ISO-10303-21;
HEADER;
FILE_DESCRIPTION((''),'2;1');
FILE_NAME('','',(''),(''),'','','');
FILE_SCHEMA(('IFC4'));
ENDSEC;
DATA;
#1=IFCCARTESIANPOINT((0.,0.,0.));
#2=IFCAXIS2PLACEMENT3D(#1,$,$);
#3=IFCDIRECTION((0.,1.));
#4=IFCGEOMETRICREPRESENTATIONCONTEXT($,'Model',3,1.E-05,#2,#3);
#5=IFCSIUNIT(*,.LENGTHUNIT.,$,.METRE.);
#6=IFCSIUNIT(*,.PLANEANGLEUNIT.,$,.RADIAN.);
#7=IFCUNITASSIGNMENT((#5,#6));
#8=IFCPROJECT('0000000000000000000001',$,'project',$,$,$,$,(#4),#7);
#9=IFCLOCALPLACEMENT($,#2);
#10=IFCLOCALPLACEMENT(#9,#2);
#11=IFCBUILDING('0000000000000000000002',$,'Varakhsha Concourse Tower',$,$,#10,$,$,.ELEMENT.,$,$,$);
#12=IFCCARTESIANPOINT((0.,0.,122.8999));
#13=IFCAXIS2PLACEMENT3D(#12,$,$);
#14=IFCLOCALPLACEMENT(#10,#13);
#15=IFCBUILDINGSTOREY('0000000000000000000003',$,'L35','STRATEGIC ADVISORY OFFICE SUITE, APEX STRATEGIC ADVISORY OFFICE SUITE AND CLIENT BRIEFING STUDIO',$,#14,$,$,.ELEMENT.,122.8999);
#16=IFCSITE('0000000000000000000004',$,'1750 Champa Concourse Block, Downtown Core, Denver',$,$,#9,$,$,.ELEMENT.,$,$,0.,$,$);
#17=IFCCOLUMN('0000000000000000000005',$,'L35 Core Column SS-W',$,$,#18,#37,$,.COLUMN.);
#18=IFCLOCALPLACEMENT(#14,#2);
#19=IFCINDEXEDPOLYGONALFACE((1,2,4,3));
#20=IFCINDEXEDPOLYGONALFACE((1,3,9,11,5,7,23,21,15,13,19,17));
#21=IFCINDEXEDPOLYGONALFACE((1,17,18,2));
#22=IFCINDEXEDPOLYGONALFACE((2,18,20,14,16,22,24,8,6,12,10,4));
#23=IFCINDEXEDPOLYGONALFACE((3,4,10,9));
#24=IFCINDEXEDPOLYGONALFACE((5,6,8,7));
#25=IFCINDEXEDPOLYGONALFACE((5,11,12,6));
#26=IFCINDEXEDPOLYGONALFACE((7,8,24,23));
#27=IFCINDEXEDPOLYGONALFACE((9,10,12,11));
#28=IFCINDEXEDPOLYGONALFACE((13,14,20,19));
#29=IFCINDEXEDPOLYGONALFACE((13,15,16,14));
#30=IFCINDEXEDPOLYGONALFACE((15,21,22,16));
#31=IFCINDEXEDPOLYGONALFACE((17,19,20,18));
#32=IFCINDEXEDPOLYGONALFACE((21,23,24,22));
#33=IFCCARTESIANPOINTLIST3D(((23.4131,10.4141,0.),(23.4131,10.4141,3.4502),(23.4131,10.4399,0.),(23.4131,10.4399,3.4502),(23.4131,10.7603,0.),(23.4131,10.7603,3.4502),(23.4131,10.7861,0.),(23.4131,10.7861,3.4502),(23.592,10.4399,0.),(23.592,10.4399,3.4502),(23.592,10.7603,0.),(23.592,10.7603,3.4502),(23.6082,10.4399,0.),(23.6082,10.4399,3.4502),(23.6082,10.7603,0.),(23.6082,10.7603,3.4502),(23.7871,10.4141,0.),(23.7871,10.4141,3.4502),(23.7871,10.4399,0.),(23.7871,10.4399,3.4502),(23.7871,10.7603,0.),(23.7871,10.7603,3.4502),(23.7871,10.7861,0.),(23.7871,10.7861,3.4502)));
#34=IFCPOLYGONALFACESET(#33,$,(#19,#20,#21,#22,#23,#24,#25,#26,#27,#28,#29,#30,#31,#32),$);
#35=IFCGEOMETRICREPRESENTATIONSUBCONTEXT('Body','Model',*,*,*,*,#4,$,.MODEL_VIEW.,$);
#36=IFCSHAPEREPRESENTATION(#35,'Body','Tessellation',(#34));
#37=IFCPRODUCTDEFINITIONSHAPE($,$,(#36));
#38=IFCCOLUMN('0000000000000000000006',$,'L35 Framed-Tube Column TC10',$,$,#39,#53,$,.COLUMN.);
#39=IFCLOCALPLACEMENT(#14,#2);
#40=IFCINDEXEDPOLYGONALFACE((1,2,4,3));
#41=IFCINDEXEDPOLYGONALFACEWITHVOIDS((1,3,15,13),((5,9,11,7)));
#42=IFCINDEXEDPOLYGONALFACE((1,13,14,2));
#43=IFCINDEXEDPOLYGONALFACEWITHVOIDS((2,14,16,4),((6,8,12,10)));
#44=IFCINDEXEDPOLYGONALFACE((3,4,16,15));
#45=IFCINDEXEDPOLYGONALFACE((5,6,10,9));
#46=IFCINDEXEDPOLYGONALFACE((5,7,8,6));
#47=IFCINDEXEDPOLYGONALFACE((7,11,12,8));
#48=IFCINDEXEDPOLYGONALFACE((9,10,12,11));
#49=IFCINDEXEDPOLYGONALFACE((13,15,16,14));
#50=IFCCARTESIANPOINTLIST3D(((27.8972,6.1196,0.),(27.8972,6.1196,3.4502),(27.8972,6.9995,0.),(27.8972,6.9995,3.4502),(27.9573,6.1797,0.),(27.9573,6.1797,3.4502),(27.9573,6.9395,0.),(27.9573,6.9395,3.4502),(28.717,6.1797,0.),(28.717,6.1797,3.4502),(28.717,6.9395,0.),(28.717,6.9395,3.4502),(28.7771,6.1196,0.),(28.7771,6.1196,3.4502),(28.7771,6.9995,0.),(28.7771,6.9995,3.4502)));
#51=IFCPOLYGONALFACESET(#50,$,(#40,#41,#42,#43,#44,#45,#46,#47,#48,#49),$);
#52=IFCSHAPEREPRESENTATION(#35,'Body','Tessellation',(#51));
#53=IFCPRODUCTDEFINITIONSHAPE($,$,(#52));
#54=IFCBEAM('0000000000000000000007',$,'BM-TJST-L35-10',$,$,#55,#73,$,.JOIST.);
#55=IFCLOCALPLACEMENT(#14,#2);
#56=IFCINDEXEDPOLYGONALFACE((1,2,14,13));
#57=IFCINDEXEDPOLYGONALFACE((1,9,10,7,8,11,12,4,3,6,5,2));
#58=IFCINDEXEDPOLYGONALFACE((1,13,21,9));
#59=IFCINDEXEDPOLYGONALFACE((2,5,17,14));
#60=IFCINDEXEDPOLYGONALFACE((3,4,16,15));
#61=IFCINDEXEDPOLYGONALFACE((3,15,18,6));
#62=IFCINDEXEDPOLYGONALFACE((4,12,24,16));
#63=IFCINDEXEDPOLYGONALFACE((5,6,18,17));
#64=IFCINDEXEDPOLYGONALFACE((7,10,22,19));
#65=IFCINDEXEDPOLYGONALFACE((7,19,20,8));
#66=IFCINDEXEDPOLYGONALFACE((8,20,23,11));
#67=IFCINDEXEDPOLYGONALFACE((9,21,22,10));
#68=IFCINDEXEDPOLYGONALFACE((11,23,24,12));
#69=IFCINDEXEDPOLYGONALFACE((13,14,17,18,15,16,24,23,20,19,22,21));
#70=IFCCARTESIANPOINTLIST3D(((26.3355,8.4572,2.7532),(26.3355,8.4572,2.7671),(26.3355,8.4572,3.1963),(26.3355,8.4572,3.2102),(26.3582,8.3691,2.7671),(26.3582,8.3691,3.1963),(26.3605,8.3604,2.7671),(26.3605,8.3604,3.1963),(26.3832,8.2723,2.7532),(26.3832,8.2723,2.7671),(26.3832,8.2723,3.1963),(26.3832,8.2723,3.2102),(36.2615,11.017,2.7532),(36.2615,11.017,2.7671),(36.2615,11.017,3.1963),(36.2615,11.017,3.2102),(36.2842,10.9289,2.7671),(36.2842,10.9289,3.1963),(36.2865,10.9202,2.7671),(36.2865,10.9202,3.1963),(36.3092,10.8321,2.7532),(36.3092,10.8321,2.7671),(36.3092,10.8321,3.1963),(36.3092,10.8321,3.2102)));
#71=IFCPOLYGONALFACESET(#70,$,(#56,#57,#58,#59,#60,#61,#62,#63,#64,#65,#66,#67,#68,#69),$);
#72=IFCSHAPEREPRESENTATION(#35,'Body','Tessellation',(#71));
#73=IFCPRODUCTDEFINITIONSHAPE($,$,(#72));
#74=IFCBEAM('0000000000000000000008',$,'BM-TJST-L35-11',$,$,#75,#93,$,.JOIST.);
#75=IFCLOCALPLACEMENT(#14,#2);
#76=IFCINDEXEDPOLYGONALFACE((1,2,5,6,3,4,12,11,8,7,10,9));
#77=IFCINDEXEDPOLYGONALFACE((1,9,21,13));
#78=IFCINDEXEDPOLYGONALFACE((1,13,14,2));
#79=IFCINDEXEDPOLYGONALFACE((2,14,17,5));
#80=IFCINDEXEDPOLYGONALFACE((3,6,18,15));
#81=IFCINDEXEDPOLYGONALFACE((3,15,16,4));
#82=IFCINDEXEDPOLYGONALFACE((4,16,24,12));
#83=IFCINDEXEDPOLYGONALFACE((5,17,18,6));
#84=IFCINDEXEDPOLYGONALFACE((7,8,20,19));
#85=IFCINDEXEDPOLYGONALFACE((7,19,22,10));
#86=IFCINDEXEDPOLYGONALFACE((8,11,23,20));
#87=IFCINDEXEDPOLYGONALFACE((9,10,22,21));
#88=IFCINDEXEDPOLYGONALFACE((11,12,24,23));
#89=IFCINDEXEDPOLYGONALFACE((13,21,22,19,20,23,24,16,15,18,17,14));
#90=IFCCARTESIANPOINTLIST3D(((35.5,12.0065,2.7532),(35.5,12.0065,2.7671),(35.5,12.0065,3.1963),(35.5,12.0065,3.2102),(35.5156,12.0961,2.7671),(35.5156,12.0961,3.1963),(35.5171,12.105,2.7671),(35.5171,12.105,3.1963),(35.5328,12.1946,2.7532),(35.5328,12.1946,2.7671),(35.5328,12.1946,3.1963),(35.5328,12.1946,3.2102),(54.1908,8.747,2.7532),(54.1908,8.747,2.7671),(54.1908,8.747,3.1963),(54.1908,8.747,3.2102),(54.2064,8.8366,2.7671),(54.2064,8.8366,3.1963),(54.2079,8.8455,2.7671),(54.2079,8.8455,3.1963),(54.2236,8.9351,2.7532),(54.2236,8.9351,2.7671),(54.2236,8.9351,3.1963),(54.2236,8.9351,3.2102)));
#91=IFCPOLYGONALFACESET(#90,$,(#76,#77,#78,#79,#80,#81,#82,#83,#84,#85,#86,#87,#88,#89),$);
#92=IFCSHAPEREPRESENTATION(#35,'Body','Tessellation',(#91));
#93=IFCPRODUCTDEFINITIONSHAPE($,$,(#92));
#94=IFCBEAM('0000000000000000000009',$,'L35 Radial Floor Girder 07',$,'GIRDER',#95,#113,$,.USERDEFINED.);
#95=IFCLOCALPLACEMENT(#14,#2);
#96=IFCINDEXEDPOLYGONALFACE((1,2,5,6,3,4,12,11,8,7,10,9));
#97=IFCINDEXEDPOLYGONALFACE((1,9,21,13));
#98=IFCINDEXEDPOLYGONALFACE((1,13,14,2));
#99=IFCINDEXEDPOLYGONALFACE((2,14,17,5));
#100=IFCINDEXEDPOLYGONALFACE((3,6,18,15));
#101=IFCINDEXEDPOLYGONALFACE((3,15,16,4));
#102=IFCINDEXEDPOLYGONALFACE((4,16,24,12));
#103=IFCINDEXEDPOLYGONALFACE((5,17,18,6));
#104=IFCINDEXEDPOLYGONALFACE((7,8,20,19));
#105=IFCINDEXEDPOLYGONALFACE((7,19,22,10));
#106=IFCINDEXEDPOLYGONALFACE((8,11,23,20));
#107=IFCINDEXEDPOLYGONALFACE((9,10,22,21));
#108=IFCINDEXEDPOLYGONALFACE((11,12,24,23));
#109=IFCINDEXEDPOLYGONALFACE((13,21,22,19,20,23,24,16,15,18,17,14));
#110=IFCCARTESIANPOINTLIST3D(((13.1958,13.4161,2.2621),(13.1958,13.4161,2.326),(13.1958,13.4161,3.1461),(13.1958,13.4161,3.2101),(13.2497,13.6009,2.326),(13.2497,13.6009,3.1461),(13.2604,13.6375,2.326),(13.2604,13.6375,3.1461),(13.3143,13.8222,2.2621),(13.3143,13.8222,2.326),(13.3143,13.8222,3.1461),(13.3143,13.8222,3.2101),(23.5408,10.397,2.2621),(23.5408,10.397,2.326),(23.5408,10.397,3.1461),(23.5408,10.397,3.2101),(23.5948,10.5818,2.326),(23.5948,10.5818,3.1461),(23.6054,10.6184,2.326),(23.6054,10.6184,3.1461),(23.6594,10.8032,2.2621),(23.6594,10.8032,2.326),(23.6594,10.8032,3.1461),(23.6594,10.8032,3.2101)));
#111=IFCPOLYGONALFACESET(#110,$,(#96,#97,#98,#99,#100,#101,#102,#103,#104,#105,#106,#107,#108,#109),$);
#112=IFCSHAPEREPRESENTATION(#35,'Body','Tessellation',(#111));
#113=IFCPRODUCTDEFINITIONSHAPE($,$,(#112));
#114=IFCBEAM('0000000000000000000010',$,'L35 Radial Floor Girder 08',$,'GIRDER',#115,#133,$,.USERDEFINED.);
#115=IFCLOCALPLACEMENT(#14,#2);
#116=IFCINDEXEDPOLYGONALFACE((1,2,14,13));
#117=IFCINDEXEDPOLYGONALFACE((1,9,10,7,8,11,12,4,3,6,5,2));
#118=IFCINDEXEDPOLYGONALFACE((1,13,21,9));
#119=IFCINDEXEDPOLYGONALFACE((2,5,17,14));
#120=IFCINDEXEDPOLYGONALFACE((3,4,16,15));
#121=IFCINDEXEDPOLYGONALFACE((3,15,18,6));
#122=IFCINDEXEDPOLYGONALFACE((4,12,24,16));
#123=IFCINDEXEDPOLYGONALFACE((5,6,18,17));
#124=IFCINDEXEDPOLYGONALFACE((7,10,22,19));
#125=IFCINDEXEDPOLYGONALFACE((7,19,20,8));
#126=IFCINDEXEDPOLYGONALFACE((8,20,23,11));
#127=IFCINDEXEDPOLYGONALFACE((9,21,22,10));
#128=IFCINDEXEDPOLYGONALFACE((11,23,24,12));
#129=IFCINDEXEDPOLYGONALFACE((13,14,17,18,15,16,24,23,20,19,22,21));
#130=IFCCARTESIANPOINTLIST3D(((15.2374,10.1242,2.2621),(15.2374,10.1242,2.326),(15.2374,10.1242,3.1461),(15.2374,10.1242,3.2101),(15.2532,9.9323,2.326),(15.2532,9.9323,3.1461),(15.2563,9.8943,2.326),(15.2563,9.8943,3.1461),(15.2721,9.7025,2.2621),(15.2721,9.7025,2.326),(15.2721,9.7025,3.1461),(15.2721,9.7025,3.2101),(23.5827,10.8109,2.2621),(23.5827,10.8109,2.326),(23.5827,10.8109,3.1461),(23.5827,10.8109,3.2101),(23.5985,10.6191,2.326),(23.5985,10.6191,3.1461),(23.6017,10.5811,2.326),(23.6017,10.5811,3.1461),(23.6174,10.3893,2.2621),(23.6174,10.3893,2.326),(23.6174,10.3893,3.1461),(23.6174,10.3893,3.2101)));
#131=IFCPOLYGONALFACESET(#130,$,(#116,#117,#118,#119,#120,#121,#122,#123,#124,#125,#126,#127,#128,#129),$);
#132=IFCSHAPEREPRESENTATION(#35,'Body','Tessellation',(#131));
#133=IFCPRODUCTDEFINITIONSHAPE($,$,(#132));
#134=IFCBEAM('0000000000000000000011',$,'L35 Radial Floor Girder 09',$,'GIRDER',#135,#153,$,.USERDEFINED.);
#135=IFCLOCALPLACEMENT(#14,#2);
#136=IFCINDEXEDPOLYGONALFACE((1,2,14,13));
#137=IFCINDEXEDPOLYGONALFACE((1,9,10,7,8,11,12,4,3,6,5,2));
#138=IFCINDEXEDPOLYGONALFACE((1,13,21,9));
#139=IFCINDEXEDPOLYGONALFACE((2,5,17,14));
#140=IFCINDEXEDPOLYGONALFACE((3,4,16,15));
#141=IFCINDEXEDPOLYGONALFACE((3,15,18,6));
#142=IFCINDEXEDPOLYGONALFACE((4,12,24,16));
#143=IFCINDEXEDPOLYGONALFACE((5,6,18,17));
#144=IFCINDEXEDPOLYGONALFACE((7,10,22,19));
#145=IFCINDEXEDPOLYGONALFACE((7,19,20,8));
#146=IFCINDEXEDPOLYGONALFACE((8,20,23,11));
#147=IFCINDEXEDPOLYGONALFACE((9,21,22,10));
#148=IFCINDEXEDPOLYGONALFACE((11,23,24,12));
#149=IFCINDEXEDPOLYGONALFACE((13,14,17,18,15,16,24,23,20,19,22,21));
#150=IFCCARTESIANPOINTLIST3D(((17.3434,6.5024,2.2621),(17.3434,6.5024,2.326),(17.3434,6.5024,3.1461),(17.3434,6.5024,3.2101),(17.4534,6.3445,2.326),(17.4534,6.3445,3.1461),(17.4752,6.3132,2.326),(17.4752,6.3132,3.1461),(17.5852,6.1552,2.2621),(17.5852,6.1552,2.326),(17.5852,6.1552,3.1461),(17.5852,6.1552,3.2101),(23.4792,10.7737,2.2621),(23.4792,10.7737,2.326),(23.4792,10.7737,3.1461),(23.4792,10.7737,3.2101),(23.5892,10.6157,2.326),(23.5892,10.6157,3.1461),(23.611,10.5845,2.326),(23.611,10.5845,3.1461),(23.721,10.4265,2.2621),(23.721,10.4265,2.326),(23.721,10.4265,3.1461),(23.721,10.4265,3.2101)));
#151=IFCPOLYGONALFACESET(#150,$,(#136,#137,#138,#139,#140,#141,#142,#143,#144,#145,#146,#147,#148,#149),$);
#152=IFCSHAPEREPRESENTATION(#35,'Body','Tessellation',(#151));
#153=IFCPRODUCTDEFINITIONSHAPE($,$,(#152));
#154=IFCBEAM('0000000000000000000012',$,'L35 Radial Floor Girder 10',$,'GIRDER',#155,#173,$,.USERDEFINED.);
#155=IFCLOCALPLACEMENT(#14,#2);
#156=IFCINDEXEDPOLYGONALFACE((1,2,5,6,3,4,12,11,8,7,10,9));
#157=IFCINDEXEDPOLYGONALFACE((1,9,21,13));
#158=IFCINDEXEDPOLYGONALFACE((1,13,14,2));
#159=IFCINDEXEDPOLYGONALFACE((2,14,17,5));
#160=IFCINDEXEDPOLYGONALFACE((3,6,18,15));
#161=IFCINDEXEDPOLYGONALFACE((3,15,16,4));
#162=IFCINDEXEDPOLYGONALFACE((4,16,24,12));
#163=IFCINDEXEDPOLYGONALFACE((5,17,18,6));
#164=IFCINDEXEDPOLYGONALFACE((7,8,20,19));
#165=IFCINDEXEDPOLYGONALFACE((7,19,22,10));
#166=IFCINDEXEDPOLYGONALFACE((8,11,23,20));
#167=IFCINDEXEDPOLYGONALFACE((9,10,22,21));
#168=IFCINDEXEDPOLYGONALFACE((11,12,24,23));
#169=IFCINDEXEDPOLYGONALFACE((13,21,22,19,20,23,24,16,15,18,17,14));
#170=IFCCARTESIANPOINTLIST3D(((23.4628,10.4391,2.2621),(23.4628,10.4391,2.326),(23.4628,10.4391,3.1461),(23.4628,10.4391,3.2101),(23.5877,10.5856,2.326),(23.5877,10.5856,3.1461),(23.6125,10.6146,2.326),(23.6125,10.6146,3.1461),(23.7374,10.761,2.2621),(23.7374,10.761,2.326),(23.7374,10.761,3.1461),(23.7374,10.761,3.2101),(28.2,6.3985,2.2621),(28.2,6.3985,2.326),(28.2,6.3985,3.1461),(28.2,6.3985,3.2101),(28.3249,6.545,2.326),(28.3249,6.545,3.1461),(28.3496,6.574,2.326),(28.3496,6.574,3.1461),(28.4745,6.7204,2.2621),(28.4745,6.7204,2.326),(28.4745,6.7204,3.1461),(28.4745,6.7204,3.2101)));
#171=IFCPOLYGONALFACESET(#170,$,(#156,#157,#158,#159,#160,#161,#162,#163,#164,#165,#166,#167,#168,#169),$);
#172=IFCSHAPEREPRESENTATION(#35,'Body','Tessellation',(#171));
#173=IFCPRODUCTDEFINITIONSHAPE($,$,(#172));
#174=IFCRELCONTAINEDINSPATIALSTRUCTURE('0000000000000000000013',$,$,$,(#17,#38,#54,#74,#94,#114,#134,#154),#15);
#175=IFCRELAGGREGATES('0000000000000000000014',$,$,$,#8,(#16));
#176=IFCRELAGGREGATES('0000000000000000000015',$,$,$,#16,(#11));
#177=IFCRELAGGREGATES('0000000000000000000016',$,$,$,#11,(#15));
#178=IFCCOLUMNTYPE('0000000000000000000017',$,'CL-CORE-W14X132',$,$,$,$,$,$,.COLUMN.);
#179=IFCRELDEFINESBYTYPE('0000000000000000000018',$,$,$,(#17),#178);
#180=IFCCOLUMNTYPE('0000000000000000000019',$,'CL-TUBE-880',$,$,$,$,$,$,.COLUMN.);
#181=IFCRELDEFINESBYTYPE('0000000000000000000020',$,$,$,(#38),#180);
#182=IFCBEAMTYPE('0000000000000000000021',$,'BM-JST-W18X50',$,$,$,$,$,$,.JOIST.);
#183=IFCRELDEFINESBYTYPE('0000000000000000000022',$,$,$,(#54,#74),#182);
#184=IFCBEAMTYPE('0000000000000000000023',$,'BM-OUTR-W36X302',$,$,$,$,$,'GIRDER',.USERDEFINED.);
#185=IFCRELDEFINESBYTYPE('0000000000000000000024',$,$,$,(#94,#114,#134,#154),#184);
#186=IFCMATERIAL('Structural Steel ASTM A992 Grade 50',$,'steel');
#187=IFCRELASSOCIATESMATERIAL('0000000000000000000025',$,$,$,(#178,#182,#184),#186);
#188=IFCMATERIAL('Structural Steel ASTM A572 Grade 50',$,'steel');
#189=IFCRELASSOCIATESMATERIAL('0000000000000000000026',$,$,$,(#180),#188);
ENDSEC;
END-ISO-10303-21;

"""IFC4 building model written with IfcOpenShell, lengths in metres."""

from ifc_helpers import new_model, si_unit, direction, frame, origin, origin_2d, place, context, subcontext, project, spatial, hollow_rectangle, i_section, extrude, material, material_profile, profile_set, type_object, element, save


model = new_model("IFC4")

# Units and contexts
model_context = context("Model", 3, precision=1e-05, world=origin(), true_north=direction((0.0, 1.0)))
body_context = subcontext(model_context, "Body", "Model", "MODEL_VIEW")
ifc_project = project(units=[si_unit("LENGTHUNIT", "METRE"), si_unit("PLANEANGLEUNIT", "RADIAN")], contexts=[model_context])

# Site, building, storey
site_placement = place(None, origin())
site = spatial("IfcSite", under=ifc_project, at=site_placement, Name="1750 Champa Concourse Block, Downtown Core, Denver", CompositionType="ELEMENT", RefElevation=0.0)
building_placement = place(site_placement, origin())
building = spatial("IfcBuilding", under=site, at=building_placement, Name="Varakhsha Concourse Tower", CompositionType="ELEMENT")
storey_placement = place(building_placement, frame((0.0, 0.0, 122.8999)))
storey = spatial("IfcBuildingStorey", under=building, at=storey_placement, Name="L35", Description="STRATEGIC ADVISORY OFFICE SUITE, APEX STRATEGIC ADVISORY OFFICE SUITE AND CLIENT BRIEFING STUDIO", CompositionType="ELEMENT", Elevation=122.8999)

# Columns
ifc_material_1 = material(Name="Structural Steel ASTM A992 Grade 50", Category="steel")
ifc_material_profile_1 = material_profile(ifc_material_1, i_section(OverallWidth=0.374, OverallDepth=0.3721, WebThickness=0.0161, FlangeThickness=0.0259, at=origin_2d()), Name="W14X132")
ifc_profile_set_1 = profile_set([ifc_material_profile_1], Name="Structural Steel ASTM A992 Grade 50")
column_type_1 = type_object("IfcColumnType", Name="CL-CORE-W14X132", PredefinedType="COLUMN", material=ifc_profile_set_1)
column_1_placement = place(storey_placement, frame((23.6001, 10.6001, 0.0), z_axis=(0.0, 0.0, 1.0), x_axis=(1.0, 0.0, 0.0)))
element("IfcColumn", 1, at=column_1_placement, inside=storey, type_object=column_type_1, Name="L35 Core Column SS-W", PredefinedType="COLUMN", context=body_context, shape_type="SweptSolid", body=[
    extrude(i_section(OverallWidth=0.374, OverallDepth=0.3721, WebThickness=0.0161, FlangeThickness=0.0259, at=origin_2d()), origin(), (0.0, 0.0, 1.0), 3.4502),
])
ifc_material_2 = material(Name="Structural Steel ASTM A572 Grade 50", Category="steel")
ifc_material_profile_2 = material_profile(ifc_material_2, hollow_rectangle(XDim=0.8799, YDim=0.8799, WallThickness=0.0601, at=origin_2d()), Name="BOX 880x880x60")
ifc_profile_set_2 = profile_set([ifc_material_profile_2], Name="Structural Steel ASTM A572 Grade 50")
column_type_2 = type_object("IfcColumnType", Name="CL-TUBE-880", PredefinedType="COLUMN", material=ifc_profile_set_2)
column_2_placement = place(storey_placement, frame((28.3372, 6.5596, 0.0), z_axis=(0.0, 0.0, 1.0), x_axis=(1.0, 0.0, 0.0)))
element("IfcColumn", 2, at=column_2_placement, inside=storey, type_object=column_type_2, Name="L35 Framed-Tube Column TC10", PredefinedType="COLUMN", context=body_context, shape_type="SweptSolid", body=[
    extrude(hollow_rectangle(XDim=0.8799, YDim=0.8799, WallThickness=0.0601, at=origin_2d()), origin(), (0.0, 0.0, 1.0), 3.4502),
])

# Beams
ifc_material_profile_3 = material_profile(ifc_material_1, i_section(OverallWidth=0.1909, OverallDepth=0.457, WebThickness=0.009, FlangeThickness=0.0139, at=origin_2d()), Name="W18X50")
ifc_profile_set_3 = profile_set([ifc_material_profile_3], Name="Structural Steel ASTM A992 Grade 50")
beam_type_1 = type_object("IfcBeamType", Name="BM-JST-W18X50", PredefinedType="JOIST", material=ifc_profile_set_3)
beam_1_placement = place(storey_placement, frame((26.3594, 8.3647, 2.9817), z_axis=(0.968318, 0.249719, 0.0), x_axis=(-0.249719, 0.968318, 0.0)))
element("IfcBeam", 3, at=beam_1_placement, inside=storey, type_object=beam_type_1, Name="BM-TJST-L35-10", PredefinedType="JOIST", context=body_context, shape_type="SweptSolid", body=[
    extrude(i_section(OverallWidth=0.1909, OverallDepth=0.457, WebThickness=0.009, FlangeThickness=0.0139, at=origin_2d()), origin(), (0.0, 0.0, 1.0), 10.2507),
])
beam_2_placement = place(storey_placement, frame((35.5164, 12.1006, 2.9817), z_axis=(0.985132, -0.171798, 0.0), x_axis=(0.171798, 0.985132, 0.0)))
element("IfcBeam", 4, at=beam_2_placement, inside=storey, type_object=beam_type_1, Name="BM-TJST-L35-11", PredefinedType="JOIST", context=body_context, shape_type="SweptSolid", body=[
    extrude(i_section(OverallWidth=0.1909, OverallDepth=0.457, WebThickness=0.009, FlangeThickness=0.0139, at=origin_2d()), origin(), (0.0, 0.0, 1.0), 18.9729),
])
ifc_material_profile_4 = material_profile(ifc_material_1, i_section(OverallWidth=0.4231, OverallDepth=0.948, WebThickness=0.0381, FlangeThickness=0.064, at=origin_2d()), Name="W36X302")
ifc_profile_set_4 = profile_set([ifc_material_profile_4], Name="Structural Steel ASTM A992 Grade 50")
beam_type_2 = type_object("IfcBeamType", Name="BM-OUTR-W36X302", ElementType="GIRDER", PredefinedType="USERDEFINED", material=ifc_profile_set_4)
beam_3_placement = place(storey_placement, frame((23.6001, 10.6001, 2.7361), z_axis=(-0.959956, 0.28015, 0.0), x_axis=(-0.28015, -0.959956, 0.0)))
element("IfcBeam", 5, at=beam_3_placement, inside=storey, type_object=beam_type_2, Name="L35 Radial Floor Girder 07", ObjectType="GIRDER", PredefinedType="USERDEFINED", context=body_context, shape_type="SweptSolid", body=[
    extrude(i_section(OverallWidth=0.4231, OverallDepth=0.948, WebThickness=0.0381, FlangeThickness=0.064, at=origin_2d()), origin(), (0.0, 0.0, 1.0), 10.7766),
])
beam_4_placement = place(storey_placement, frame((23.6001, 10.6001, 2.7361), z_axis=(-0.996631, -0.082018, 0.0), x_axis=(0.082018, -0.996631, 0.0)))
element("IfcBeam", 6, at=beam_4_placement, inside=storey, type_object=beam_type_2, Name="L35 Radial Floor Girder 08", ObjectType="GIRDER", PredefinedType="USERDEFINED", context=body_context, shape_type="SweptSolid", body=[
    extrude(i_section(OverallWidth=0.4231, OverallDepth=0.948, WebThickness=0.0381, FlangeThickness=0.064, at=origin_2d()), origin(), (0.0, 0.0, 1.0), 8.3735),
])
beam_5_placement = place(storey_placement, frame((23.6001, 10.6001, 2.7361), z_axis=(-0.820723, -0.571326, 0.0), x_axis=(0.571326, -0.820723, 0.0)))
element("IfcBeam", 7, at=beam_5_placement, inside=storey, type_object=beam_type_2, Name="L35 Radial Floor Girder 09", ObjectType="GIRDER", PredefinedType="USERDEFINED", context=body_context, shape_type="SweptSolid", body=[
    extrude(i_section(OverallWidth=0.4231, OverallDepth=0.948, WebThickness=0.0381, FlangeThickness=0.064, at=origin_2d()), origin(), (0.0, 0.0, 1.0), 7.4761),
])
beam_6_placement = place(storey_placement, frame((23.6001, 10.6001, 2.7361), z_axis=(0.760827, -0.648955, 0.0), x_axis=(0.648955, 0.760827, 0.0)))
element("IfcBeam", 8, at=beam_6_placement, inside=storey, type_object=beam_type_2, Name="L35 Radial Floor Girder 10", ObjectType="GIRDER", PredefinedType="USERDEFINED", context=body_context, shape_type="SweptSolid", body=[
    extrude(i_section(OverallWidth=0.4231, OverallDepth=0.948, WebThickness=0.0381, FlangeThickness=0.064, at=origin_2d()), origin(), (0.0, 0.0, 1.0), 6.2263),
])

save(model, "model.ifc")
